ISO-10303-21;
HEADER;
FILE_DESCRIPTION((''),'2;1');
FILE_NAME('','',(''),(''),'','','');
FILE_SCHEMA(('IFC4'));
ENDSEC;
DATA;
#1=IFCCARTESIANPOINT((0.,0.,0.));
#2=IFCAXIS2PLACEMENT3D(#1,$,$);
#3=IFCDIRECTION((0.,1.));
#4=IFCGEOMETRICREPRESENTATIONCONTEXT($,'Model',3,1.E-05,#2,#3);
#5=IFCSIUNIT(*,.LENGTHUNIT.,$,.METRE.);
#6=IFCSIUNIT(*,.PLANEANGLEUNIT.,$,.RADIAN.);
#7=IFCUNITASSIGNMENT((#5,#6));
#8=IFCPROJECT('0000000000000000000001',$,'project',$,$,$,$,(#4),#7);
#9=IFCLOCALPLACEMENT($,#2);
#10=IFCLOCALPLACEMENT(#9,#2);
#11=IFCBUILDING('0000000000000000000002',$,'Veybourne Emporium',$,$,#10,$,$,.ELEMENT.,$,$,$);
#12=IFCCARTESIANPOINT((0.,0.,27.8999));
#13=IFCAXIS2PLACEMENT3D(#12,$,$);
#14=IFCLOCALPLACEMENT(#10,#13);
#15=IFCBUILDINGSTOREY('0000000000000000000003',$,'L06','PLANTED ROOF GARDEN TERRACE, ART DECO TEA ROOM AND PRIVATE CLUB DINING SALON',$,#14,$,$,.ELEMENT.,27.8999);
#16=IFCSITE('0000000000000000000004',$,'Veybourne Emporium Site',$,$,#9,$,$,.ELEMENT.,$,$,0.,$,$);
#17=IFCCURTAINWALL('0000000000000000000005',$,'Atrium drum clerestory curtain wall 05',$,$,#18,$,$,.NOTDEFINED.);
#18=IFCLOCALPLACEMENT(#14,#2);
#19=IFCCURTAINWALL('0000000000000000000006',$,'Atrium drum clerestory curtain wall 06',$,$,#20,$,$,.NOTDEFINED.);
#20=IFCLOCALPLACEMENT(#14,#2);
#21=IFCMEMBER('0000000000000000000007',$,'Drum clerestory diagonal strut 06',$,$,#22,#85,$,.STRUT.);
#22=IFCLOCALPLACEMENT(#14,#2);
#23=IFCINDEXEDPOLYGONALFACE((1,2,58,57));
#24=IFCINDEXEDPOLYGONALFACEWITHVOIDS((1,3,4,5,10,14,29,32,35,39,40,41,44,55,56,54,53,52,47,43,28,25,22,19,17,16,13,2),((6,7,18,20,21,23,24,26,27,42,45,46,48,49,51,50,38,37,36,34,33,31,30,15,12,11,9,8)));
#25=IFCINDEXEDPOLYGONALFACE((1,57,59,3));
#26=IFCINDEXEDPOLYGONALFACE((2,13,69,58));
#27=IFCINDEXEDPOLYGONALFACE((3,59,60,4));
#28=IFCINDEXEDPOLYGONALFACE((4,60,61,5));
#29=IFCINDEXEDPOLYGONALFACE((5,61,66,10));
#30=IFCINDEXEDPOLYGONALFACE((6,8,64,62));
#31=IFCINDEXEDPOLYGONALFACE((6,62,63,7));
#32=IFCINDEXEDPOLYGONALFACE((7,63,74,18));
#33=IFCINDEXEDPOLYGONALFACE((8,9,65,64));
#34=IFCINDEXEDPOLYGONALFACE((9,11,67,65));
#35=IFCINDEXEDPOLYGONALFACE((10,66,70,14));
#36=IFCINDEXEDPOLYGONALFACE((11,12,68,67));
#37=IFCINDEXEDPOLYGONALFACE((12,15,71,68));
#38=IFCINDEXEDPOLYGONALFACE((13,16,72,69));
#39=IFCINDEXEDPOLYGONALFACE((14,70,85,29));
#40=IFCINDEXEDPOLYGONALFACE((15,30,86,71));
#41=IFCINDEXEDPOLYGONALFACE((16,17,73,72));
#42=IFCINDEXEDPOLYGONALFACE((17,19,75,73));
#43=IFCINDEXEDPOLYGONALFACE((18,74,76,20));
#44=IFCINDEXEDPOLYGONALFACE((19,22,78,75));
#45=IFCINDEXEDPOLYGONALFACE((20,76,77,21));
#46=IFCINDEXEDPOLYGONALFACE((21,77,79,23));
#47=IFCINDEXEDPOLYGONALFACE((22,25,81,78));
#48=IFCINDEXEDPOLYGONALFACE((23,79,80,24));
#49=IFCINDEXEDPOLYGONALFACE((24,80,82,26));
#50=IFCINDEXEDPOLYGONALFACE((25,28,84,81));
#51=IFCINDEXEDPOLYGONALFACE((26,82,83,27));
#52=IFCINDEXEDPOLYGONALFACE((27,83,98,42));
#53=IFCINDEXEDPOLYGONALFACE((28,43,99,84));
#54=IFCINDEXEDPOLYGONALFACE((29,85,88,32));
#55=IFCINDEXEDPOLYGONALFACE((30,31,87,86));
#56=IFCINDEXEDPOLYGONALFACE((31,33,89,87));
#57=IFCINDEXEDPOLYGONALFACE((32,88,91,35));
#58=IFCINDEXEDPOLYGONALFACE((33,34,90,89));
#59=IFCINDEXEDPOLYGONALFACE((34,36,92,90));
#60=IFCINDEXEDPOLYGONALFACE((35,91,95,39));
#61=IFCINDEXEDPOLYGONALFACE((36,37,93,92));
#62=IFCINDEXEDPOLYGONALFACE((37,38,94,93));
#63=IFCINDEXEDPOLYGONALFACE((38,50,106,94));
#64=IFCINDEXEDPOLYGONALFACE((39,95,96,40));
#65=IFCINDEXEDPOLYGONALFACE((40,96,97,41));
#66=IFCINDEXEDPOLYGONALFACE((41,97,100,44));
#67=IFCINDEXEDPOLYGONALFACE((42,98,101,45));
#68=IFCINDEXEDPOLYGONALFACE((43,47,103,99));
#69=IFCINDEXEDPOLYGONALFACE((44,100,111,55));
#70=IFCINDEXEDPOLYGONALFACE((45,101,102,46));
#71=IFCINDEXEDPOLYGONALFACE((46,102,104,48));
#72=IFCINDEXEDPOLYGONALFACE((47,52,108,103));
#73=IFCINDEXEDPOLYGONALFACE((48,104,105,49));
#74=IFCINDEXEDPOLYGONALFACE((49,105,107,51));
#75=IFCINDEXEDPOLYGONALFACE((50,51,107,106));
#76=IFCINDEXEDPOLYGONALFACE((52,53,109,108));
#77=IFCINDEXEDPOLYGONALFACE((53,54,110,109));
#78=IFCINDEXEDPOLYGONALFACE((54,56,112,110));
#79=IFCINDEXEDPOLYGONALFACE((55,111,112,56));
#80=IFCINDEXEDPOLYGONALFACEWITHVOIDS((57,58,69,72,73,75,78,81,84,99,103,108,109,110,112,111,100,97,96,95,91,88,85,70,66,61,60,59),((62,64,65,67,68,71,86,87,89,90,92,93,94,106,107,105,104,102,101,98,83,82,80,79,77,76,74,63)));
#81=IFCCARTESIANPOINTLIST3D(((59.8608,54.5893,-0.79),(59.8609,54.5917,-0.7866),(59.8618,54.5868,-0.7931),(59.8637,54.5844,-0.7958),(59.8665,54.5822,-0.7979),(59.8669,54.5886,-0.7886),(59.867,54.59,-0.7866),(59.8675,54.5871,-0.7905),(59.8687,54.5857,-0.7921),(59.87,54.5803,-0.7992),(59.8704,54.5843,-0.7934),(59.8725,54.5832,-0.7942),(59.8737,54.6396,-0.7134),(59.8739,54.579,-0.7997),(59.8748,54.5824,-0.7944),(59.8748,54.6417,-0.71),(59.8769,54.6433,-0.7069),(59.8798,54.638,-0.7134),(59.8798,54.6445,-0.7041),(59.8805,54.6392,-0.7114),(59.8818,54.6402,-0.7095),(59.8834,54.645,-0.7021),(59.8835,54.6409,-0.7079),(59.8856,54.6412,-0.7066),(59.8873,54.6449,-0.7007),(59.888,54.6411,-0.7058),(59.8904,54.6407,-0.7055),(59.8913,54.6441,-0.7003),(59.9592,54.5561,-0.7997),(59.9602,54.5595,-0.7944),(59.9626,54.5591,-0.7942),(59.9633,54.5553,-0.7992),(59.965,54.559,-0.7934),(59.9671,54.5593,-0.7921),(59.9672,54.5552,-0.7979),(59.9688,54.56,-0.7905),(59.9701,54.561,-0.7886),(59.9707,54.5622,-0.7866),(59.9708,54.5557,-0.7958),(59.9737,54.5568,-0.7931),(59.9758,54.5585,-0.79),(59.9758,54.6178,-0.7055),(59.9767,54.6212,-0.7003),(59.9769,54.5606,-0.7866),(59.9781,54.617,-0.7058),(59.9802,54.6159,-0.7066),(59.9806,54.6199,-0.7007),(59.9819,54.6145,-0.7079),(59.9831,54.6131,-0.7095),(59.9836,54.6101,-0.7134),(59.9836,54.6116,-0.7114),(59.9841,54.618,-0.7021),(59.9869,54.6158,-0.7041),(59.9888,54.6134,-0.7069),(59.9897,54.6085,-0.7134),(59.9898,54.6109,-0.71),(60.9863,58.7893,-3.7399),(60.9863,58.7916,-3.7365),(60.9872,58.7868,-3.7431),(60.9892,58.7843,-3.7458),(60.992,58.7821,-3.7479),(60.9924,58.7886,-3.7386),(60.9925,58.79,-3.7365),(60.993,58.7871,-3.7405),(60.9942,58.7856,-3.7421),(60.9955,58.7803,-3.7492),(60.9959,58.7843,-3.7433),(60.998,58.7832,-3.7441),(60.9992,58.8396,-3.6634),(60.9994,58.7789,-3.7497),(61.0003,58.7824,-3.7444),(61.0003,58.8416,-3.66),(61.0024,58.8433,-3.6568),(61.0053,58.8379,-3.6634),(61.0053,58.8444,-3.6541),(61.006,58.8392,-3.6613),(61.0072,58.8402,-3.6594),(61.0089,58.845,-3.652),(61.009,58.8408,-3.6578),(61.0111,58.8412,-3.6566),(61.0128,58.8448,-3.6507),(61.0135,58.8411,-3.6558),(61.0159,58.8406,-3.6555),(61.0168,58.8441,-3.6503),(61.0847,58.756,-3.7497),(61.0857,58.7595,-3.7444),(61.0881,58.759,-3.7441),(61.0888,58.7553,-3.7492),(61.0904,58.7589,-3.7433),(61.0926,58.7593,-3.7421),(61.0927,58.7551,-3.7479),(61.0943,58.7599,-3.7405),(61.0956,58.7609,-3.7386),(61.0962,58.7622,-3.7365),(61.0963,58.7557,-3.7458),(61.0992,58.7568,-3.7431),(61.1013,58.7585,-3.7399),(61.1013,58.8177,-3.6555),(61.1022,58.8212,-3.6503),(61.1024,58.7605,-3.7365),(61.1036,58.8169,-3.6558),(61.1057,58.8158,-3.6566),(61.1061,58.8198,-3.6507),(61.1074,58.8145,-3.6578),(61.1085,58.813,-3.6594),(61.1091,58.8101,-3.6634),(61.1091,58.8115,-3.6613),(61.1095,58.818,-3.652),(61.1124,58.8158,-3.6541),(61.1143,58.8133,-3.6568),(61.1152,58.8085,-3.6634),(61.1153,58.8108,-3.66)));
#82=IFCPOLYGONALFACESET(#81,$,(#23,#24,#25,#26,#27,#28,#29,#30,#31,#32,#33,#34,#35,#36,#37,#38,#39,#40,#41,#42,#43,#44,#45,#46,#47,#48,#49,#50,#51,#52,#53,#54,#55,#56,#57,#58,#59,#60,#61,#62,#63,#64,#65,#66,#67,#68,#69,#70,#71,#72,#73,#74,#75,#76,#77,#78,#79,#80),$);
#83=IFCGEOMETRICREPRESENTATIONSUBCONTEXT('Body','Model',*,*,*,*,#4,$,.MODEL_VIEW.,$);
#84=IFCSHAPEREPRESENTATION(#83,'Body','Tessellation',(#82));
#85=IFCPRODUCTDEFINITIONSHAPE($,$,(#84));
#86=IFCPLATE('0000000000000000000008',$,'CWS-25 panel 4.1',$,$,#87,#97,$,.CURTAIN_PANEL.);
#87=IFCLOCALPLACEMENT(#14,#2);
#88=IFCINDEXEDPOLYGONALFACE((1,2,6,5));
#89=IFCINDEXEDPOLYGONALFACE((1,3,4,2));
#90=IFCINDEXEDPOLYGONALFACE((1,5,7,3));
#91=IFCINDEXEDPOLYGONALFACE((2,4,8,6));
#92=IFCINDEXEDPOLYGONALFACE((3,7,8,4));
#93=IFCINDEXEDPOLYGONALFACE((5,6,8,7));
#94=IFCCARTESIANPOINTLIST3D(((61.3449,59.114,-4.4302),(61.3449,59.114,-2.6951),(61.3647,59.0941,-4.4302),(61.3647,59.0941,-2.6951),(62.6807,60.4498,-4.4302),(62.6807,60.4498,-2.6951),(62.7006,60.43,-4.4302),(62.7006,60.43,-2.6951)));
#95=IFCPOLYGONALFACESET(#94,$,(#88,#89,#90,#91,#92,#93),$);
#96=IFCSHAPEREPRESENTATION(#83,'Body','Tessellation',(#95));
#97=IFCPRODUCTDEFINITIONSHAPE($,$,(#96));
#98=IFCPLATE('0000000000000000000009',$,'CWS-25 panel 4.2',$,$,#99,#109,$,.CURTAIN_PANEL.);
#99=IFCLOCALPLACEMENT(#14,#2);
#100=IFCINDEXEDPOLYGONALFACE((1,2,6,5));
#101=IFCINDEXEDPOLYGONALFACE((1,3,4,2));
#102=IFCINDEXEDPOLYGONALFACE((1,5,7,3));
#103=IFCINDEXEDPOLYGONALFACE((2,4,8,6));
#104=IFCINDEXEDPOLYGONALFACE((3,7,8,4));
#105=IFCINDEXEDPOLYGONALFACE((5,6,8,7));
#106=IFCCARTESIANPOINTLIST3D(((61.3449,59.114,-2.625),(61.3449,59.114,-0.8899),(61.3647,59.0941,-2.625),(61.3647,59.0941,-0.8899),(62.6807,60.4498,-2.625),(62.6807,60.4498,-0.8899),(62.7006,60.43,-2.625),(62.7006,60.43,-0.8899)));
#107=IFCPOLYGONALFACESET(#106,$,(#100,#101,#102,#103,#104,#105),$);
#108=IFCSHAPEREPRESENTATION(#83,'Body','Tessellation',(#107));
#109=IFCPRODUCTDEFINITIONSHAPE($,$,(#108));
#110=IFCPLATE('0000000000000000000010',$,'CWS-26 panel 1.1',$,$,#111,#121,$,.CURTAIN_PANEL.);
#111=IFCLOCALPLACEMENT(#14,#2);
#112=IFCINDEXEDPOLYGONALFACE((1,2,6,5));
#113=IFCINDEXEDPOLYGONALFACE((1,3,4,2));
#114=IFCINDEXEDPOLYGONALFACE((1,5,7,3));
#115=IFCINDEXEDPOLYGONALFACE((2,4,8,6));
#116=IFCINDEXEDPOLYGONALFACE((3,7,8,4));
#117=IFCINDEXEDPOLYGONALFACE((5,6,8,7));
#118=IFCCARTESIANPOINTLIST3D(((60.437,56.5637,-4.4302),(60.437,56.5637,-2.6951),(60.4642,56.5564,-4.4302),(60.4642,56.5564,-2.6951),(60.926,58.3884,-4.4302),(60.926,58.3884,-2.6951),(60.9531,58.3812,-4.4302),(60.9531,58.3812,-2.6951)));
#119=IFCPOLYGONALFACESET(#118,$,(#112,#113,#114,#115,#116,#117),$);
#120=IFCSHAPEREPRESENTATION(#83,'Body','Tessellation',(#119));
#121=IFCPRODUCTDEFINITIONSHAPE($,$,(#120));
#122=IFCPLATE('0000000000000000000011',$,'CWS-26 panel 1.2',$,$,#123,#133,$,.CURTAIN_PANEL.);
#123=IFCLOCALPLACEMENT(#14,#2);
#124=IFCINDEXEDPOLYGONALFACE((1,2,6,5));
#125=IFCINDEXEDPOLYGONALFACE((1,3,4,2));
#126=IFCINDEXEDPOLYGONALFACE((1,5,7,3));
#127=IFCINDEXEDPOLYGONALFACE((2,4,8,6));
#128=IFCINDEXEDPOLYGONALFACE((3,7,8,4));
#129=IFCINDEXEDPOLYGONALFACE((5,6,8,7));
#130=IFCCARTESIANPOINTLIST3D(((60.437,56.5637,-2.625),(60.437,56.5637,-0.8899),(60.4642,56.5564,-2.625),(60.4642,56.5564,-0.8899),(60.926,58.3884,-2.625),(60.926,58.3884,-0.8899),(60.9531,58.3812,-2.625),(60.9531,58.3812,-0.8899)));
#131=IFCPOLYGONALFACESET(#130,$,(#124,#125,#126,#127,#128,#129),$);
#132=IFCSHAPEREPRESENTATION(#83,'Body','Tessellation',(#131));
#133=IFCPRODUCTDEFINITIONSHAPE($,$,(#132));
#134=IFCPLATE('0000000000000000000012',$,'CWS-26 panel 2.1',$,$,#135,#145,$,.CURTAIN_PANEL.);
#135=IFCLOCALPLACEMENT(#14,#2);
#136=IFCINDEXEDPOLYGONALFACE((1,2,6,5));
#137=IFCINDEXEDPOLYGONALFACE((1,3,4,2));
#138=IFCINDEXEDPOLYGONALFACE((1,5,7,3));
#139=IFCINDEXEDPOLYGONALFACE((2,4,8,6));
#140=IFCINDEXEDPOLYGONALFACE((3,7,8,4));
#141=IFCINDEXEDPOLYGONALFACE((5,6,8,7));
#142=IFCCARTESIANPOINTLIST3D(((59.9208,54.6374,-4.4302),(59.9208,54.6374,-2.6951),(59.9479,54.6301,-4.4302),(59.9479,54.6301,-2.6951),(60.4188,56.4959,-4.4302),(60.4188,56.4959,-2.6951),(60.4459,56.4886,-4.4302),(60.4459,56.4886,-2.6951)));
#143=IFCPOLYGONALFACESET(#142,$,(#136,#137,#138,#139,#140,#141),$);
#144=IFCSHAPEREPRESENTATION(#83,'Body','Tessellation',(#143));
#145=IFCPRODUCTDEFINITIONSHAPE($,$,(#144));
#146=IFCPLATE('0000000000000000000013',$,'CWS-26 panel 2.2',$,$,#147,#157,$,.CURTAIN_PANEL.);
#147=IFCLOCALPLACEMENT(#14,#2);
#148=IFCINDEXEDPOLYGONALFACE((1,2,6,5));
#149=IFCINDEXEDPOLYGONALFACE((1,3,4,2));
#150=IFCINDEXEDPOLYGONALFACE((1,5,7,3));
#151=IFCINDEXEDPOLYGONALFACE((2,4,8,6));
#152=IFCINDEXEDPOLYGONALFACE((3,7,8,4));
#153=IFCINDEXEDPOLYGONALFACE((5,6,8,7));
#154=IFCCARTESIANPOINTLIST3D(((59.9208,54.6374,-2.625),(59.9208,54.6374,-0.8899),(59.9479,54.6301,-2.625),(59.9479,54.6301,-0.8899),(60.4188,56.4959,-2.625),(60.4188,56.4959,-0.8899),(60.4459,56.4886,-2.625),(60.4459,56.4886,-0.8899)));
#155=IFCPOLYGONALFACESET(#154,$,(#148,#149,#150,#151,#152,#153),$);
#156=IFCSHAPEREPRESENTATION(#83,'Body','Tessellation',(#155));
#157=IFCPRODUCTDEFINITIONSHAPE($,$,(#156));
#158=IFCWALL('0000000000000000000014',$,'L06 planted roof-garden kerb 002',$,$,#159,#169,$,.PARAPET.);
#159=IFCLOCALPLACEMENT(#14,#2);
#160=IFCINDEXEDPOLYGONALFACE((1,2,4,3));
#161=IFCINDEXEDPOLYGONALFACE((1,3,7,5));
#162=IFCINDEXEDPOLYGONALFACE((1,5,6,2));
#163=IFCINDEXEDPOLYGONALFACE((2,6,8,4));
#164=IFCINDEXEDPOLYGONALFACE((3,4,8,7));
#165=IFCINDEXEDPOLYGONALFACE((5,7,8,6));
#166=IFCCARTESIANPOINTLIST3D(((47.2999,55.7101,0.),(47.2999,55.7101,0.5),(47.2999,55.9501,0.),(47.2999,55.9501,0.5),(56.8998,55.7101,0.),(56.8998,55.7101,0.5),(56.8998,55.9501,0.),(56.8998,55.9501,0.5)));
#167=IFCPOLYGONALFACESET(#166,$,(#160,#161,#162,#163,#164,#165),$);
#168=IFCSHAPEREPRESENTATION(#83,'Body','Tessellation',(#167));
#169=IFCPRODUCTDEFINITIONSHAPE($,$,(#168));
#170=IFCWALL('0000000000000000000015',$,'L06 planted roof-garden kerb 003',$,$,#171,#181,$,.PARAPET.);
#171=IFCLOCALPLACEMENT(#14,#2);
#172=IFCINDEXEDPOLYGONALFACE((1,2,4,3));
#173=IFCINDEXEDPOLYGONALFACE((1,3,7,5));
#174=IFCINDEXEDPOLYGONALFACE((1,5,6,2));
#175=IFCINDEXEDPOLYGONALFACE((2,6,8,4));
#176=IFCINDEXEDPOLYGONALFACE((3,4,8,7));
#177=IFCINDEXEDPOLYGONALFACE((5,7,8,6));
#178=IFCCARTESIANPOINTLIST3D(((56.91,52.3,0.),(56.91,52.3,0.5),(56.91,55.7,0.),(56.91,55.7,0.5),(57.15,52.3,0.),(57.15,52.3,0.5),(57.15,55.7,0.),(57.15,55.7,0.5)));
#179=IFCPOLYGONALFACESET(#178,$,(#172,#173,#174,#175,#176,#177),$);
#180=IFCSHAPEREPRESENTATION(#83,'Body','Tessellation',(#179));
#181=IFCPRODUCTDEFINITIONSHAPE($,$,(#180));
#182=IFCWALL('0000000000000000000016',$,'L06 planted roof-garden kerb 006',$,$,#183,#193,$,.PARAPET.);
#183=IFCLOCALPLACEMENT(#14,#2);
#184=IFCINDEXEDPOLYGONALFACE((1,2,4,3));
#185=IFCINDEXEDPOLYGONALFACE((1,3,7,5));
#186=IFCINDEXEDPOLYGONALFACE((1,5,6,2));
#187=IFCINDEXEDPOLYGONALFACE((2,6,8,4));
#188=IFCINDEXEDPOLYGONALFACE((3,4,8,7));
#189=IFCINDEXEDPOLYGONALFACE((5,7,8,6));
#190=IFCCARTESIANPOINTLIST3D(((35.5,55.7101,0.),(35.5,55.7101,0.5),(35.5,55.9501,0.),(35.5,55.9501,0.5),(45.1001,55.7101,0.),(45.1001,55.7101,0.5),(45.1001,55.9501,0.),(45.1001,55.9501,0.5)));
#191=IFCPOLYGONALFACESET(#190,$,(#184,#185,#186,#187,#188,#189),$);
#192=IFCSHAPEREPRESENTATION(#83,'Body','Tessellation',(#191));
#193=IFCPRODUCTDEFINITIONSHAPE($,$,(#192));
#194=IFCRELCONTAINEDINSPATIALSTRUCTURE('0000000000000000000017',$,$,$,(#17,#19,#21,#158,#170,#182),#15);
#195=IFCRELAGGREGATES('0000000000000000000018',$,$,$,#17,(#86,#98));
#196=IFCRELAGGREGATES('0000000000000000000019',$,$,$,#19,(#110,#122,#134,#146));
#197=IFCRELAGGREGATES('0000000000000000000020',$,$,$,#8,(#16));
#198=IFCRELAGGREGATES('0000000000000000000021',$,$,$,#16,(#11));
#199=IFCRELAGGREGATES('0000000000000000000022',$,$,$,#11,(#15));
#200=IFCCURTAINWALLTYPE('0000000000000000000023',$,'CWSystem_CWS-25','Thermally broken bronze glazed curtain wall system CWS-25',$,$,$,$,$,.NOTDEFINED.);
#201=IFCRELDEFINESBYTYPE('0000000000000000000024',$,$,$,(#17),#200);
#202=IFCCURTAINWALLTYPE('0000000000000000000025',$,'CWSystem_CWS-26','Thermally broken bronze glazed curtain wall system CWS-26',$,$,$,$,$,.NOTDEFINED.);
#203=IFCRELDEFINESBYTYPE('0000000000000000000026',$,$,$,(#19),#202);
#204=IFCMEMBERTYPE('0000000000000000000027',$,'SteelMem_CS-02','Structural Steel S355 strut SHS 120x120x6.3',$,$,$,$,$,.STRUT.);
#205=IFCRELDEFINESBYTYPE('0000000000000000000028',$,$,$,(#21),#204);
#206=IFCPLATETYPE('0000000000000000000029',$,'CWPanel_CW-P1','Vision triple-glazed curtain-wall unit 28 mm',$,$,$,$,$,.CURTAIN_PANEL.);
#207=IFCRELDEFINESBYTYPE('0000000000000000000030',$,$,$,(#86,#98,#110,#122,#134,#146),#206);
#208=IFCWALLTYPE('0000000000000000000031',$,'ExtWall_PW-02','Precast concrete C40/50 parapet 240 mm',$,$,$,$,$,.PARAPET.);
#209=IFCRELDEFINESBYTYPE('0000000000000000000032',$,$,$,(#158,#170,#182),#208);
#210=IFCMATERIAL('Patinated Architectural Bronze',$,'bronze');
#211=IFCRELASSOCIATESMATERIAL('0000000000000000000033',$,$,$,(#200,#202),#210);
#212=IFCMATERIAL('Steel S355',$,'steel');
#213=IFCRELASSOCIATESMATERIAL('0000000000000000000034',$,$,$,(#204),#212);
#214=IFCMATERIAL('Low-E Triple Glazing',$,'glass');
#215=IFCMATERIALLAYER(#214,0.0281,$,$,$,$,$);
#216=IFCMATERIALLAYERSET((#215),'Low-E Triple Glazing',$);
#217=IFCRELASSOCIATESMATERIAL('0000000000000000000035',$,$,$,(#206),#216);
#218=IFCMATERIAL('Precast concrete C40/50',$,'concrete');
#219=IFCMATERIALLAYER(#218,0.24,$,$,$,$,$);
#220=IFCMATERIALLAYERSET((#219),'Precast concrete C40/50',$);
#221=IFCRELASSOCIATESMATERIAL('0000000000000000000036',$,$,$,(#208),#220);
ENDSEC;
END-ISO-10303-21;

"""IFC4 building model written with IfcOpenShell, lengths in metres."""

from ifc_helpers import new_model, si_unit, direction, frame, frame_2d, origin, origin_2d, place, context, subcontext, project, spatial, rectangle, hollow_rectangle, extrude, material, layer, layer_set, material_profile, profile_set, type_object, element, aggregate, save


model = new_model("IFC4")

# Units and contexts
model_context = context("Model", 3, precision=1e-05, world=origin(), true_north=direction((0.0, 1.0)))
body_context = subcontext(model_context, "Body", "Model", "MODEL_VIEW")
ifc_project = project(units=[si_unit("LENGTHUNIT", "METRE"), si_unit("PLANEANGLEUNIT", "RADIAN")], contexts=[model_context])

# Site, building, storey
site_placement = place(None, origin())
site = spatial("IfcSite", under=ifc_project, at=site_placement, Name="Veybourne Emporium Site", CompositionType="ELEMENT", RefElevation=0.0)
building_placement = place(site_placement, origin())
building = spatial("IfcBuilding", under=site, at=building_placement, Name="Veybourne Emporium", CompositionType="ELEMENT")
storey_placement = place(building_placement, frame((0.0, 0.0, 27.8999)))
storey = spatial("IfcBuildingStorey", under=building, at=storey_placement, Name="L06", Description="PLANTED ROOF GARDEN TERRACE, ART DECO TEA ROOM AND PRIVATE CLUB DINING SALON", CompositionType="ELEMENT", Elevation=27.8999)

# Curtain walls
ifc_material_1 = material(Name="Patinated Architectural Bronze", Category="bronze")
curtain_wall_type_1 = type_object("IfcCurtainWallType", Name="CWSystem_CWS-25", Description="Thermally broken bronze glazed curtain wall system CWS-25", PredefinedType="NOTDEFINED", material=ifc_material_1)
curtain_wall_1_placement = place(storey_placement, origin())
curtain_wall_1 = element("IfcCurtainWall", 1, at=curtain_wall_1_placement, inside=storey, type_object=curtain_wall_type_1, Name="Atrium drum clerestory curtain wall 05", PredefinedType="NOTDEFINED")
curtain_wall_type_2 = type_object("IfcCurtainWallType", Name="CWSystem_CWS-26", Description="Thermally broken bronze glazed curtain wall system CWS-26", PredefinedType="NOTDEFINED", material=ifc_material_1)
curtain_wall_2_placement = place(storey_placement, origin())
curtain_wall_2 = element("IfcCurtainWall", 2, at=curtain_wall_2_placement, inside=storey, type_object=curtain_wall_type_2, Name="Atrium drum clerestory curtain wall 06", PredefinedType="NOTDEFINED")

# Member
ifc_material_2 = material(Name="Steel S355", Category="steel")
ifc_material_profile_1 = material_profile(ifc_material_2, hollow_rectangle(XDim=0.1201, YDim=0.1201, WallThickness=0.0063, InnerFilletRadius=0.0095, OuterFilletRadius=0.0159, at=origin_2d()), Name="SHS 120x120x6.3")
ifc_profile_set_1 = profile_set([ifc_material_profile_1], Name="Steel S355")
member_type_1 = type_object("IfcMemberType", Name="SteelMem_CS-02", Description="Structural Steel S355 strut SHS 120x120x6.3", PredefinedType="STRUT", material=ifc_profile_set_1)
member_1_placement = place(storey_placement, frame((61.0508, 58.8, -3.7), z_axis=(-0.2142, -0.799324, 0.561427), x_axis=(0.965919, -0.258844, 0.0)))
element("IfcMember", 3, at=member_1_placement, inside=storey, type_object=member_type_1, Name="Drum clerestory diagonal strut 06", PredefinedType="STRUT", context=body_context, shape_type="SweptSolid", body=[
    extrude(hollow_rectangle(XDim=0.1201, YDim=0.1201, WallThickness=0.0063, InnerFilletRadius=0.0095, OuterFilletRadius=0.0159, at=origin_2d()), origin(), (0.0, 0.0, 1.0), 5.2544),
])

# Plates
ifc_material_3 = material(Name="Low-E Triple Glazing", Category="glass")
ifc_layer_1 = layer(ifc_material_3, 0.0281)
ifc_layer_set_1 = layer_set([ifc_layer_1], Name="Low-E Triple Glazing")
plate_type = type_object("IfcPlateType", Name="CWPanel_CW-P1", Description="Vision triple-glazed curtain-wall unit 28 mm", PredefinedType="CURTAIN_PANEL", material=ifc_layer_set_1)
plate_1_placement = place(storey_placement, frame((62.0227, 59.772, -4.4302), z_axis=(0.0, 0.0, 1.0), x_axis=(-0.707107, -0.707107, 0.0)))
plate_1 = element("IfcPlate", 4, at=plate_1_placement, type_object=plate_type, Name="CWS-25 panel 4.1", PredefinedType="CURTAIN_PANEL", context=body_context, shape_type="SweptSolid", body=[
    extrude(rectangle(XDim=1.8892, YDim=0.0281, at=origin_2d()), origin(), (0.0, 0.0, 1.0), 1.7351),
])
plate_2_placement = place(storey_placement, frame((62.0227, 59.772, -2.625), z_axis=(0.0, 0.0, 1.0), x_axis=(-0.707107, -0.707107, 0.0)))
plate_2 = element("IfcPlate", 5, at=plate_2_placement, type_object=plate_type, Name="CWS-25 panel 4.2", PredefinedType="CURTAIN_PANEL", context=body_context, shape_type="SweptSolid", body=[
    extrude(rectangle(XDim=1.8892, YDim=0.0281, at=origin_2d()), origin(), (0.0, 0.0, 1.0), 1.7351),
])
aggregate(curtain_wall_1, [plate_1, plate_2])
plate_3_placement = place(storey_placement, frame((60.6951, 57.4724, -4.4302), z_axis=(0.0, 0.0, 1.0), x_axis=(-0.25882, -0.965926, 0.0)))
plate_3 = element("IfcPlate", 6, at=plate_3_placement, type_object=plate_type, Name="CWS-26 panel 1.1", PredefinedType="CURTAIN_PANEL", context=body_context, shape_type="SweptSolid", body=[
    extrude(rectangle(XDim=1.8892, YDim=0.0281, at=origin_2d()), origin(), (0.0, 0.0, 1.0), 1.7351),
])
plate_4_placement = place(storey_placement, frame((60.6951, 57.4724, -2.625), z_axis=(0.0, 0.0, 1.0), x_axis=(-0.25882, -0.965926, 0.0)))
plate_4 = element("IfcPlate", 7, at=plate_4_placement, type_object=plate_type, Name="CWS-26 panel 1.2", PredefinedType="CURTAIN_PANEL", context=body_context, shape_type="SweptSolid", body=[
    extrude(rectangle(XDim=1.8892, YDim=0.0281, at=origin_2d()), origin(), (0.0, 0.0, 1.0), 1.7351),
])
plate_5_placement = place(storey_placement, frame((60.1833, 55.563, -4.4302), z_axis=(0.0, 0.0, 1.0), x_axis=(-0.25882, -0.965926, 0.0)))
plate_5 = element("IfcPlate", 8, at=plate_5_placement, type_object=plate_type, Name="CWS-26 panel 2.1", PredefinedType="CURTAIN_PANEL", context=body_context, shape_type="SweptSolid", body=[
    extrude(rectangle(XDim=1.9241, YDim=0.0281, at=origin_2d()), origin(), (0.0, 0.0, 1.0), 1.7351),
])
plate_6_placement = place(storey_placement, frame((60.1833, 55.563, -2.625), z_axis=(0.0, 0.0, 1.0), x_axis=(-0.25882, -0.965926, 0.0)))
plate_6 = element("IfcPlate", 9, at=plate_6_placement, type_object=plate_type, Name="CWS-26 panel 2.2", PredefinedType="CURTAIN_PANEL", context=body_context, shape_type="SweptSolid", body=[
    extrude(rectangle(XDim=1.9241, YDim=0.0281, at=origin_2d()), origin(), (0.0, 0.0, 1.0), 1.7351),
])
aggregate(curtain_wall_2, [plate_3, plate_4, plate_5, plate_6])

# Walls
ifc_material_4 = material(Name="Precast concrete C40/50", Category="concrete")
ifc_layer_2 = layer(ifc_material_4, 0.24)
ifc_layer_set_2 = layer_set([ifc_layer_2], Name="Precast concrete C40/50")
wall_type = type_object("IfcWallType", Name="ExtWall_PW-02", Description="Precast concrete C40/50 parapet 240 mm", PredefinedType="PARAPET", material=ifc_layer_set_2)
wall_1_placement = place(storey_placement, frame((47.3, 55.8301, 0.0), z_axis=(0.0, 0.0, 1.0), x_axis=(1.0, 0.0, 0.0)))
element("IfcWall", 10, at=wall_1_placement, inside=storey, type_object=wall_type, Name="L06 planted roof-garden kerb 002", PredefinedType="PARAPET", context=body_context, shape_type="SweptSolid", body=[
    extrude(rectangle(XDim=9.5999, YDim=0.24, at=frame_2d((4.7998, 0.0))), origin(), (0.0, 0.0, 1.0), 0.5),
])
wall_2_placement = place(storey_placement, frame((57.03, 55.7, 0.0), z_axis=(0.0, 0.0, 1.0), x_axis=(0.0, -1.0, 0.0)))
element("IfcWall", 11, at=wall_2_placement, inside=storey, type_object=wall_type, Name="L06 planted roof-garden kerb 003", PredefinedType="PARAPET", context=body_context, shape_type="SweptSolid", body=[
    extrude(rectangle(XDim=3.3999, YDim=0.24, at=frame_2d((1.7, 0.0))), origin(), (0.0, 0.0, 1.0), 0.5),
])
wall_3_placement = place(storey_placement, frame((35.5, 55.8301, 0.0), z_axis=(0.0, 0.0, 1.0), x_axis=(1.0, 0.0, 0.0)))
element("IfcWall", 12, at=wall_3_placement, inside=storey, type_object=wall_type, Name="L06 planted roof-garden kerb 006", PredefinedType="PARAPET", context=body_context, shape_type="SweptSolid", body=[
    extrude(rectangle(XDim=9.6001, YDim=0.24, at=frame_2d((4.8, 0.0))), origin(), (0.0, 0.0, 1.0), 0.5),
])

save(model, "model.ifc")
